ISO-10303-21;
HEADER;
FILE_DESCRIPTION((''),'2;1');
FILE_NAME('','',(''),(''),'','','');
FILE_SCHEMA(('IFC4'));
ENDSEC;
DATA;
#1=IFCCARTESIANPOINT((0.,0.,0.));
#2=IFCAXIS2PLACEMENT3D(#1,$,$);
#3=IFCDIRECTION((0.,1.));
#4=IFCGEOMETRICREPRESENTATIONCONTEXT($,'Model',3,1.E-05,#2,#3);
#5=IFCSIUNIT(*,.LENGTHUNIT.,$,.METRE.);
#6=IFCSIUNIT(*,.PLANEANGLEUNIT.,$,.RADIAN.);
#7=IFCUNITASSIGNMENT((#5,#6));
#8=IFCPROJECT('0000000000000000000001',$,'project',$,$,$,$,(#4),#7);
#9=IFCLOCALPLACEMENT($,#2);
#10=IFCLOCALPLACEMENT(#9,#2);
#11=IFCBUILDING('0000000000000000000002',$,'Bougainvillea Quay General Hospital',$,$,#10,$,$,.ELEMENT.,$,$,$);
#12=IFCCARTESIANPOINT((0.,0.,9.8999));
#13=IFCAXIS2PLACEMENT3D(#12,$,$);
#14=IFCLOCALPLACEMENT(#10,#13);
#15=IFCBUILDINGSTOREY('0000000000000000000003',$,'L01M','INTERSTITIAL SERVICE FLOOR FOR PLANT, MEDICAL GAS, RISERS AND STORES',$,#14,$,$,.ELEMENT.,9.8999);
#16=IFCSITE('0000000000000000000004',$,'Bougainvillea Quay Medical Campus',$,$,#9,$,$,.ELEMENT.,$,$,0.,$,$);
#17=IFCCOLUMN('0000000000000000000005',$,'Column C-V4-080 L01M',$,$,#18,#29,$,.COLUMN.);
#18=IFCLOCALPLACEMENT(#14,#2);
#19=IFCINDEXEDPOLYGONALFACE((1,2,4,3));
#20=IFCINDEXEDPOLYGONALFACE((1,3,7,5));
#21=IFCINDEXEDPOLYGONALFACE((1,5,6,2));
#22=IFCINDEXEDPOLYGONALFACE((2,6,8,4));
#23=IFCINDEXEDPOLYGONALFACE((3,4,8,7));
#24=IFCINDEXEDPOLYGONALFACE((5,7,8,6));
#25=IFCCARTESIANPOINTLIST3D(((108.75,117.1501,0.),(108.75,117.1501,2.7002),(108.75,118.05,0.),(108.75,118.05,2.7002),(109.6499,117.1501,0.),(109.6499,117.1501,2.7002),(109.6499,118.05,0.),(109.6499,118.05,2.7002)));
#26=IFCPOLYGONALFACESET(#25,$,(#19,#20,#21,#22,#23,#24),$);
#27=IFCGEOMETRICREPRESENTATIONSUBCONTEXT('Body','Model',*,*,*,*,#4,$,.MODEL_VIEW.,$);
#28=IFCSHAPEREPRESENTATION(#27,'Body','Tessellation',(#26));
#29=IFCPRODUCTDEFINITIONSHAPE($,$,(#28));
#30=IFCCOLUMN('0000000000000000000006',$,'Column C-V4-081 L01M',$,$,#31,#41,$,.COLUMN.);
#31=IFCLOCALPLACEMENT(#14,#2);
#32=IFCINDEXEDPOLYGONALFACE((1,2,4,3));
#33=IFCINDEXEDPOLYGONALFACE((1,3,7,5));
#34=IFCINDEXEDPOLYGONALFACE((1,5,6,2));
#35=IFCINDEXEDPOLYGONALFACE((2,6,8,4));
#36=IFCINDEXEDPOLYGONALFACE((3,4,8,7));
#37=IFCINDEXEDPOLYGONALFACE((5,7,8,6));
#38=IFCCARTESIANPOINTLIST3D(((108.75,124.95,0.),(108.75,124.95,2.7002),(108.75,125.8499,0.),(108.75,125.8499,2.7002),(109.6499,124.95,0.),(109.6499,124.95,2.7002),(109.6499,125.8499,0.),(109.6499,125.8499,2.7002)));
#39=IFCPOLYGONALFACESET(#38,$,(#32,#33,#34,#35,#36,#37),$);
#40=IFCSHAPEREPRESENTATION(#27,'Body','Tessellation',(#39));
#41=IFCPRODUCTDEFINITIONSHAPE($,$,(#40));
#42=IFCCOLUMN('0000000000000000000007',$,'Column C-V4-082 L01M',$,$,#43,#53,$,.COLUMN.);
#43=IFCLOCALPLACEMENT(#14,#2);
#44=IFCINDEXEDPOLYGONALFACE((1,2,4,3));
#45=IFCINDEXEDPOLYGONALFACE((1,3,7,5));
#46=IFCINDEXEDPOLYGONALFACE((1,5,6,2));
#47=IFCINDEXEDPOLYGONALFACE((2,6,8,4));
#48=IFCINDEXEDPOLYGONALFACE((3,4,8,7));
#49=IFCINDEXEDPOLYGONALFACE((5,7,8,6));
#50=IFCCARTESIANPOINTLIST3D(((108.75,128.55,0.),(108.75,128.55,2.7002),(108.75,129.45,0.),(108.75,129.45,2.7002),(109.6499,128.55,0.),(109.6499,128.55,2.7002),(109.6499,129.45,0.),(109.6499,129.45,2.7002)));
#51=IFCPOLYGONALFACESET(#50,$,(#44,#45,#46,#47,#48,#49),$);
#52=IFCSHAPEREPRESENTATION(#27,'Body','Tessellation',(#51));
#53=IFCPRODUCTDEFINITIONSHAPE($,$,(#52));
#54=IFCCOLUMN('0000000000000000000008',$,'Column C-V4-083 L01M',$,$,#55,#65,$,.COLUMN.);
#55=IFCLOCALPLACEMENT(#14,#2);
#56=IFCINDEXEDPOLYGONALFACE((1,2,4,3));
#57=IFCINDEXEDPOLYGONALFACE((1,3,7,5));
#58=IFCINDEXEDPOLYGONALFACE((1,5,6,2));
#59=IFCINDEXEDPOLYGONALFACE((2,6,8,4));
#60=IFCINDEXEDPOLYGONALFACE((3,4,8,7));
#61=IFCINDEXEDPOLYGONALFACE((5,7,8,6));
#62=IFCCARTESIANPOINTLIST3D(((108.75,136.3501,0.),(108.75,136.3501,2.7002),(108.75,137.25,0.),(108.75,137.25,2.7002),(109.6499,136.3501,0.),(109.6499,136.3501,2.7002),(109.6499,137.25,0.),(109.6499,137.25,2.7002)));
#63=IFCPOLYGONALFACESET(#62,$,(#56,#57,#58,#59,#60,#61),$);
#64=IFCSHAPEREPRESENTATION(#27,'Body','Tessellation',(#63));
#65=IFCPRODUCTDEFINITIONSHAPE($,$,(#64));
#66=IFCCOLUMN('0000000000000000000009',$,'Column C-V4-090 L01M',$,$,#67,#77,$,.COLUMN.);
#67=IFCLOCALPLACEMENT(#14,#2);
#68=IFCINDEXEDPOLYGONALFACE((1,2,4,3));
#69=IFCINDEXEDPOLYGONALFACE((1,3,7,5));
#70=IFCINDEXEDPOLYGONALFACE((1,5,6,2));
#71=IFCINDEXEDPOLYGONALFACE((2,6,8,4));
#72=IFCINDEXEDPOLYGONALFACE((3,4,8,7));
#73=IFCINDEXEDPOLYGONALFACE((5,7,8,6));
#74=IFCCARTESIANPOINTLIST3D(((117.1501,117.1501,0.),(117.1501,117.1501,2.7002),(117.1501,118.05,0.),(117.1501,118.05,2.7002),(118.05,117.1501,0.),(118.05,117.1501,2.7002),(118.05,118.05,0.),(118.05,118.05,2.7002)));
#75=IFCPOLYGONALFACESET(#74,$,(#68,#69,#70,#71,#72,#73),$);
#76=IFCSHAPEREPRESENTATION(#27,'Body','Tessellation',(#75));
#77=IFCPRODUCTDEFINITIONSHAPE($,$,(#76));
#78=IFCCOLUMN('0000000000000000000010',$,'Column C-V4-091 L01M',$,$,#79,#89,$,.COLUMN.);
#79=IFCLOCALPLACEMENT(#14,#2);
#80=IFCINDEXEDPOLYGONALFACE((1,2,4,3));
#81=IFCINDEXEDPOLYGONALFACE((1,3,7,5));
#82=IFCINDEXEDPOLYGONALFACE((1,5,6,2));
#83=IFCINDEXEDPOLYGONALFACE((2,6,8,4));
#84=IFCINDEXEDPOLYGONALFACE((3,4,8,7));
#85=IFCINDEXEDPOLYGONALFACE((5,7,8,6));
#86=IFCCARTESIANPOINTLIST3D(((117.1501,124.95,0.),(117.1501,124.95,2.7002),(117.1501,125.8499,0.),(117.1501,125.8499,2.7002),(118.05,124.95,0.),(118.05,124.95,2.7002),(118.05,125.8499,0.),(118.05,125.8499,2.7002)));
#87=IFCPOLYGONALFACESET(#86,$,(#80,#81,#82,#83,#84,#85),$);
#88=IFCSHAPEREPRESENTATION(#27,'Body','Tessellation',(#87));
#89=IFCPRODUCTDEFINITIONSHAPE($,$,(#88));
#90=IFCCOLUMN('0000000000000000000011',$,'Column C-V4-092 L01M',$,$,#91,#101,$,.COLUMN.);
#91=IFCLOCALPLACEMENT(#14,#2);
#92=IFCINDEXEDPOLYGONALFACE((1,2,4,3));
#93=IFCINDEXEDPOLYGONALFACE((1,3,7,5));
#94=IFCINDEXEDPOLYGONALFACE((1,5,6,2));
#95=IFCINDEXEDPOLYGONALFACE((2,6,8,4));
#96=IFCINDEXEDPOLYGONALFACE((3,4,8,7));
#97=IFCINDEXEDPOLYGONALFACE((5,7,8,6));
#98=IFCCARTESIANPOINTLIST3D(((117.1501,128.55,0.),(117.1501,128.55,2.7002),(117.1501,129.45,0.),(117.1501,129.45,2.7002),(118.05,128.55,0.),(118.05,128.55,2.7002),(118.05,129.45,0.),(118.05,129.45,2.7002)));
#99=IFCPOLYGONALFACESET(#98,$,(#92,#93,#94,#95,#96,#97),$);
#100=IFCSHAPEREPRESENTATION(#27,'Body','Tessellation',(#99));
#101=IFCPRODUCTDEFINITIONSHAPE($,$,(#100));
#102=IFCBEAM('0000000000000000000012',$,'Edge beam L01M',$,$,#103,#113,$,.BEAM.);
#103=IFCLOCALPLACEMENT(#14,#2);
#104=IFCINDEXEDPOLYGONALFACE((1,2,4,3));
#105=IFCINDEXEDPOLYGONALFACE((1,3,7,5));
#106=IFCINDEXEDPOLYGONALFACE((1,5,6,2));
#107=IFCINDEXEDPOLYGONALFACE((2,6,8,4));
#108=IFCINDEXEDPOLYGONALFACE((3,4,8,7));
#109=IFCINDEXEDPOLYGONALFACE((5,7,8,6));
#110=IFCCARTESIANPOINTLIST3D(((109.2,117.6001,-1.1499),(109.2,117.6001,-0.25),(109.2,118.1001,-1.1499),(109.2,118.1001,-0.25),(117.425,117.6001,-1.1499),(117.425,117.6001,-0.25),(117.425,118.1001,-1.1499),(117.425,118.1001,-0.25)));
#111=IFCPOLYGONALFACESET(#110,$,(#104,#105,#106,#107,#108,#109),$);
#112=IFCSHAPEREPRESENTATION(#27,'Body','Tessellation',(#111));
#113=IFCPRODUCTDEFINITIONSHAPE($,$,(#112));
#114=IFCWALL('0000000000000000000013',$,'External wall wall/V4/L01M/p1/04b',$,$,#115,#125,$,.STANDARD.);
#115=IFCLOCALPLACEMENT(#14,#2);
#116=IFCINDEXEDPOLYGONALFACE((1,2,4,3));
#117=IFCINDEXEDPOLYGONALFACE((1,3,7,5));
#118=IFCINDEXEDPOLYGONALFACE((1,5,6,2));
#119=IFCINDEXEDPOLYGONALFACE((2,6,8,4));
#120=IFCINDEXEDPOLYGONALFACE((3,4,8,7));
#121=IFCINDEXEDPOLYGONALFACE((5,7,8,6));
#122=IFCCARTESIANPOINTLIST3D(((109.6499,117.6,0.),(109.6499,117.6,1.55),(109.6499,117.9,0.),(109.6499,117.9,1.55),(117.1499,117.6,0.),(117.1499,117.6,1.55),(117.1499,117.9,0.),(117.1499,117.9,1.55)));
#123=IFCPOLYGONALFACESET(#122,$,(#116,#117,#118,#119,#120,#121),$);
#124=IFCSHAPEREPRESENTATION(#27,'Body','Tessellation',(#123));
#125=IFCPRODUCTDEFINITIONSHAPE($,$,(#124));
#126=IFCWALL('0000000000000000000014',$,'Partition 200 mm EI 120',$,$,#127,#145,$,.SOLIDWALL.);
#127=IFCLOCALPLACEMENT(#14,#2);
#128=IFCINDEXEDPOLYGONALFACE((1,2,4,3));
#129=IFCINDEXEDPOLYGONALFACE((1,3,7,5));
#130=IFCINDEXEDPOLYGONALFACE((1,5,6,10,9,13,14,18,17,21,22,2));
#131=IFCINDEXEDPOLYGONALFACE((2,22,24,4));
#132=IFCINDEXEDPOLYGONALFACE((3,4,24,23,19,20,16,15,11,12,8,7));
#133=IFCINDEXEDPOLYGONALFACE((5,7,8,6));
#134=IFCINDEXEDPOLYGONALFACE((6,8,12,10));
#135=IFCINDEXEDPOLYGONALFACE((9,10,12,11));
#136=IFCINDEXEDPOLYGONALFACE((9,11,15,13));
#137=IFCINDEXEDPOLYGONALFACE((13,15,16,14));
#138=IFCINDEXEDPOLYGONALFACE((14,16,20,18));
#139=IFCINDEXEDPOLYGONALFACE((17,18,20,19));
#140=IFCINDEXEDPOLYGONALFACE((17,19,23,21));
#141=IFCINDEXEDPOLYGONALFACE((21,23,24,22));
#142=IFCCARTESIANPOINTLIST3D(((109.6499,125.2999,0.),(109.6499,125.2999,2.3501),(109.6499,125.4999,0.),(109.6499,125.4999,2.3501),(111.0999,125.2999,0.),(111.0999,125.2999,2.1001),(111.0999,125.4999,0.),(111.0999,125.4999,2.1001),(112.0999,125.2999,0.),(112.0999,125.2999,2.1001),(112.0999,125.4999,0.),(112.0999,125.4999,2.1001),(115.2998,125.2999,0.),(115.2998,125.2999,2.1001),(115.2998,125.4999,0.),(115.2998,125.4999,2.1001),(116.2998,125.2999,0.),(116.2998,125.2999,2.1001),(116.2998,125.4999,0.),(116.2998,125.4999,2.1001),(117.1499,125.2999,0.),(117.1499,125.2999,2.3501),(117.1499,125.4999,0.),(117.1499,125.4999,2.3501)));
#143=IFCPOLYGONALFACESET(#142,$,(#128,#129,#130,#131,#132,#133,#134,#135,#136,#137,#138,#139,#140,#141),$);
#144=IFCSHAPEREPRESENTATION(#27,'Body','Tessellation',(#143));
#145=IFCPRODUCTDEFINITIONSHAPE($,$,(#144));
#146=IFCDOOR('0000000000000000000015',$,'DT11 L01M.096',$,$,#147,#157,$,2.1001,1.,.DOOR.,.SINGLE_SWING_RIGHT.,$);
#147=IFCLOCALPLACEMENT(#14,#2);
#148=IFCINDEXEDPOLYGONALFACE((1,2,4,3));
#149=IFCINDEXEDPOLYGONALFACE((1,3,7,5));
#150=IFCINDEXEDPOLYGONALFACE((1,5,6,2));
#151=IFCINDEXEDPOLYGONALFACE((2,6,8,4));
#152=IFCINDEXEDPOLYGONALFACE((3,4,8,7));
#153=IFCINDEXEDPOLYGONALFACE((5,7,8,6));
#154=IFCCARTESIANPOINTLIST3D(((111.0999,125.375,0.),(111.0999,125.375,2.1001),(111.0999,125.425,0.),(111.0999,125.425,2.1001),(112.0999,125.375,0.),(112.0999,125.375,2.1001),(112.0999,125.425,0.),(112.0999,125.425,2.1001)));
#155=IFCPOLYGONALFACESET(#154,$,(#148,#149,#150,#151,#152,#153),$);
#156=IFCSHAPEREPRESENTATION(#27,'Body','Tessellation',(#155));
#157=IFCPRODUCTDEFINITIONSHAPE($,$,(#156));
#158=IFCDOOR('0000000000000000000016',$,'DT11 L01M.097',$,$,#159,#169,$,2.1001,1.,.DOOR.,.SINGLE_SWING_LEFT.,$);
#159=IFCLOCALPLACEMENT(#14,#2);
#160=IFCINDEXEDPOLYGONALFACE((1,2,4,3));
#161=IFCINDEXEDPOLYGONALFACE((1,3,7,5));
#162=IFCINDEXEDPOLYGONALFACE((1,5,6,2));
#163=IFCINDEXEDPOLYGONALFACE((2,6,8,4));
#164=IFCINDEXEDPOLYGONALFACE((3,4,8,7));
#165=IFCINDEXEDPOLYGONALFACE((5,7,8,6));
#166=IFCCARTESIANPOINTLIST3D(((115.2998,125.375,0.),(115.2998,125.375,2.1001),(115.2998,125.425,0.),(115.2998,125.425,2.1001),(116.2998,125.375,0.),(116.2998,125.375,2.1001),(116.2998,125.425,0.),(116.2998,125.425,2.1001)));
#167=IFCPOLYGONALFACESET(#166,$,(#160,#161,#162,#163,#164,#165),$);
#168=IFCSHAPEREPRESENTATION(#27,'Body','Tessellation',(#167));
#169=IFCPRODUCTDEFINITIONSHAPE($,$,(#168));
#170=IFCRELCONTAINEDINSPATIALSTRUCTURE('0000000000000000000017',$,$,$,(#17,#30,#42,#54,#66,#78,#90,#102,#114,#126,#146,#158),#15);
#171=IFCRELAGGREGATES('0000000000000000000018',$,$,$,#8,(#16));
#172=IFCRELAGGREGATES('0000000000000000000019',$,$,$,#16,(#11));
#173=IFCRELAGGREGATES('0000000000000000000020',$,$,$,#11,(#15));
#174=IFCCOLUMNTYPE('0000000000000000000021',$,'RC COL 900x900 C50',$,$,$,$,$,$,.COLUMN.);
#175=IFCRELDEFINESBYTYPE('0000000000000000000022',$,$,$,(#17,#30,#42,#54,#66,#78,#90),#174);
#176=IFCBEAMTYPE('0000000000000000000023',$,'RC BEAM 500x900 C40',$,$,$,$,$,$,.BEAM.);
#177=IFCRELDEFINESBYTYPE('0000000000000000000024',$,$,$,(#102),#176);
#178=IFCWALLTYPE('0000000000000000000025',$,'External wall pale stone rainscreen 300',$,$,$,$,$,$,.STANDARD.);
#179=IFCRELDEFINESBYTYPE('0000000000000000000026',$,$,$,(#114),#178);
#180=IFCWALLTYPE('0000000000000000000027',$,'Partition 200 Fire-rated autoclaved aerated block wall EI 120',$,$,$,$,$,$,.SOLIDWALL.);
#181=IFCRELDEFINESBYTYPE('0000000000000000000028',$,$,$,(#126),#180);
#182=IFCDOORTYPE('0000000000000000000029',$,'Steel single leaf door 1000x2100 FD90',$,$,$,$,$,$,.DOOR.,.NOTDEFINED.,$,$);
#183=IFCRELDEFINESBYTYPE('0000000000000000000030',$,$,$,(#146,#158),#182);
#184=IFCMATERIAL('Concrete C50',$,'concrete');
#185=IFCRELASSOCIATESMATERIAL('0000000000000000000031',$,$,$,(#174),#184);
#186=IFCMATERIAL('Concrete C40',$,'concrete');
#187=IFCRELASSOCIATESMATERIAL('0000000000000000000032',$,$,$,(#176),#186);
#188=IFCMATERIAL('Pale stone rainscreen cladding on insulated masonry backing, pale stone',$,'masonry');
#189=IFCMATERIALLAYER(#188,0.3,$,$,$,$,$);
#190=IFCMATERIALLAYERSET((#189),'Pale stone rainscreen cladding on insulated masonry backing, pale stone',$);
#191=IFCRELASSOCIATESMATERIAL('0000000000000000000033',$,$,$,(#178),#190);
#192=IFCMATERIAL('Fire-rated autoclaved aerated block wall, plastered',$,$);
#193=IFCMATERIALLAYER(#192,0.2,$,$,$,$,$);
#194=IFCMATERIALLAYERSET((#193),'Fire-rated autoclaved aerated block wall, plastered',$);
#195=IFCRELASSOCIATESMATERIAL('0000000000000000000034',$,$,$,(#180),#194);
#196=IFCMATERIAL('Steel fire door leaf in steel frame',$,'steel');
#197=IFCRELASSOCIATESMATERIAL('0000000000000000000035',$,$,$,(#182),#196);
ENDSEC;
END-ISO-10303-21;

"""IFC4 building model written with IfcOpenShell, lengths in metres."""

from ifc_helpers import new_model, si_unit, direction, frame, frame_2d, origin, origin_2d, place, context, subcontext, project, spatial, rectangle, extrude, material, layer, layer_set, material_profile, profile_set, type_object, element, fill, save


model = new_model("IFC4")

# Units and contexts
model_context = context("Model", 3, precision=1e-05, world=origin(), true_north=direction((0.0, 1.0)))
body_context = subcontext(model_context, "Body", "Model", "MODEL_VIEW")
ifc_project = project(units=[si_unit("LENGTHUNIT", "METRE"), si_unit("PLANEANGLEUNIT", "RADIAN")], contexts=[model_context])

# Site, building, storey
site_placement = place(None, origin())
site = spatial("IfcSite", under=ifc_project, at=site_placement, Name="Bougainvillea Quay Medical Campus", CompositionType="ELEMENT", RefElevation=0.0)
building_placement = place(site_placement, origin())
building = spatial("IfcBuilding", under=site, at=building_placement, Name="Bougainvillea Quay General Hospital", CompositionType="ELEMENT")
storey_placement = place(building_placement, frame((0.0, 0.0, 9.8999)))
storey = spatial("IfcBuildingStorey", under=building, at=storey_placement, Name="L01M", Description="INTERSTITIAL SERVICE FLOOR FOR PLANT, MEDICAL GAS, RISERS AND STORES", CompositionType="ELEMENT", Elevation=9.8999)

# Columns
ifc_material_1 = material(Name="Concrete C50", Category="concrete")
ifc_material_profile_1 = material_profile(ifc_material_1, rectangle(XDim=0.8999, YDim=0.8999, at=origin_2d()))
ifc_profile_set_1 = profile_set([ifc_material_profile_1], Name="Concrete C50")
column_type = type_object("IfcColumnType", Name="RC COL 900x900 C50", PredefinedType="COLUMN", material=ifc_profile_set_1)
for number, where, z_axis, x_axis, name in (
    (1, (109.2, 117.6001, 0.0), (0.0, 0.0, 1.0), (1.0, 0.0, 0.0), "Column C-V4-080 L01M"),
    (2, (109.2, 125.3999, 0.0), (0.0, 0.0, 1.0), (1.0, 0.0, 0.0), "Column C-V4-081 L01M"),
    (3, (109.2, 129.0, 0.0), (0.0, 0.0, 1.0), (1.0, 0.0, 0.0), "Column C-V4-082 L01M"),
    (4, (109.2, 136.8, 0.0), (0.0, 0.0, 1.0), (1.0, 0.0, 0.0), "Column C-V4-083 L01M"),
    (5, (117.6001, 117.6001, 0.0), (0.0, 0.0, 1.0), (1.0, 0.0, 0.0), "Column C-V4-090 L01M"),
    (6, (117.6001, 125.3999, 0.0), (0.0, 0.0, 1.0), (1.0, 0.0, 0.0), "Column C-V4-091 L01M"),
    (7, (117.6001, 129.0, 0.0), (0.0, 0.0, 1.0), (1.0, 0.0, 0.0), "Column C-V4-092 L01M"),
):
    element("IfcColumn", number, at=place(storey_placement, frame(where, z_axis=z_axis, x_axis=x_axis)), inside=storey, type_object=column_type, Name=name, PredefinedType="COLUMN", context=body_context, shape_type="SweptSolid", body=[
        extrude(rectangle(XDim=0.8999, YDim=0.8999, at=origin_2d()), origin(), (0.0, 0.0, 1.0), 2.7002),
    ])

# Beam
ifc_material_2 = material(Name="Concrete C40", Category="concrete")
ifc_material_profile_2 = material_profile(ifc_material_2, rectangle(XDim=0.5, YDim=0.8999, at=origin_2d()))
ifc_profile_set_2 = profile_set([ifc_material_profile_2], Name="Concrete C40")
beam_type = type_object("IfcBeamType", Name="RC BEAM 500x900 C40", PredefinedType="BEAM", material=ifc_profile_set_2)
beam_placement = place(storey_placement, frame((109.2, 117.8501, -0.7), z_axis=(1.0, 0.0, 0.0), x_axis=(0.0, 1.0, 0.0)))
element("IfcBeam", 8, at=beam_placement, inside=storey, type_object=beam_type, Name="Edge beam L01M", PredefinedType="BEAM", context=body_context, shape_type="SweptSolid", body=[
    extrude(rectangle(XDim=0.5, YDim=0.8999, at=origin_2d()), origin(), (0.0, 0.0, 1.0), 8.2251),
])

# Wall
ifc_material_3 = material(Name="Pale stone rainscreen cladding on insulated masonry backing, pale stone", Category="masonry")
ifc_layer_1 = layer(ifc_material_3, 0.3)
ifc_layer_set_1 = layer_set([ifc_layer_1], Name="Pale stone rainscreen cladding on insulated masonry backing, pale stone")
wall_type_1 = type_object("IfcWallType", Name="External wall pale stone rainscreen 300", PredefinedType="STANDARD", material=ifc_layer_set_1)
wall_1_placement = place(storey_placement, frame((109.6499, 117.75, 0.0), z_axis=(0.0, 0.0, 1.0), x_axis=(1.0, 0.0, 0.0)))
element("IfcWall", 9, at=wall_1_placement, inside=storey, type_object=wall_type_1, Name="External wall wall/V4/L01M/p1/04b", PredefinedType="STANDARD", context=body_context, shape_type="SweptSolid", body=[
    extrude(rectangle(XDim=7.5, YDim=0.3, at=frame_2d((3.75, 0.0))), origin(), (0.0, 0.0, 1.0), 1.55),
])

# Wall, openings, doors
ifc_material_4 = material(Name="Fire-rated autoclaved aerated block wall, plastered")
ifc_layer_2 = layer(ifc_material_4, 0.2)
ifc_layer_set_2 = layer_set([ifc_layer_2], Name="Fire-rated autoclaved aerated block wall, plastered")
wall_type_2 = type_object("IfcWallType", Name="Partition 200 Fire-rated autoclaved aerated block wall EI 120", PredefinedType="SOLIDWALL", material=ifc_layer_set_2)
wall_2_placement = place(storey_placement, frame((117.1499, 125.3999, 0.0), z_axis=(0.0, 0.0, 1.0), x_axis=(-1.0, 0.0, 0.0)))
wall_2 = element("IfcWall", 10, at=wall_2_placement, inside=storey, type_object=wall_type_2, Name="Partition 200 mm EI 120", PredefinedType="SOLIDWALL", context=body_context, shape_type="SweptSolid", body=[
    extrude(rectangle(XDim=7.5, YDim=0.2, at=frame_2d((3.75, 0.0))), origin(), (0.0, 0.0, 1.0), 2.3501),
])
opening_1_placement = place(wall_2_placement, frame((5.05, 0.0, 0.0)))
opening_1 = element("IfcOpeningElement", 11, at=opening_1_placement, cuts=wall_2, PredefinedType="OPENING", context=body_context, shape_type="SweptSolid", body=[
    extrude(rectangle(XDim=1.0, YDim=2.1001, at=frame_2d((0.5, 1.05))), frame((0.0, 0.1099, 0.0), z_axis=(0.0, -1.0, 0.0), x_axis=(1.0, 0.0, 0.0)), (0.0, 0.0, 1.0), 0.22),
])
opening_2_placement = place(wall_2_placement, frame((0.8501, 0.0, 0.0)))
opening_2 = element("IfcOpeningElement", 12, at=opening_2_placement, cuts=wall_2, PredefinedType="OPENING", context=body_context, shape_type="SweptSolid", body=[
    extrude(rectangle(XDim=1.0, YDim=2.1001, at=frame_2d((0.5, 1.05))), frame((0.0, 0.1099, 0.0), z_axis=(0.0, -1.0, 0.0), x_axis=(1.0, 0.0, 0.0)), (0.0, 0.0, 1.0), 0.22),
])
ifc_material_5 = material(Name="Steel fire door leaf in steel frame", Category="steel")
door_type_1 = type_object("IfcDoorType", Name="Steel single leaf door 1000x2100 FD90", OperationType="NOTDEFINED", PredefinedType="DOOR", material=ifc_material_5)
door_1_placement = place(opening_1_placement, origin())
door_1 = element("IfcDoor", 13, at=door_1_placement, inside=storey, type_object=door_type_1, Name="DT11 L01M.096", OperationType="SINGLE_SWING_RIGHT", OverallHeight=2.1001, OverallWidth=1.0, PredefinedType="DOOR", context=body_context, shape_type="SweptSolid", body=[
    extrude(rectangle(XDim=1.0, YDim=2.1001, at=frame_2d((0.5, 1.05))), frame((0.0, 0.0249, 0.0), z_axis=(0.0, -1.0, 0.0), x_axis=(1.0, 0.0, 0.0)), (0.0, 0.0, 1.0), 0.05),
])
fill(opening_1, door_1)
door_2_placement = place(opening_2_placement, origin())
door_2 = element("IfcDoor", 14, at=door_2_placement, inside=storey, type_object=door_type_1, Name="DT11 L01M.097", OperationType="SINGLE_SWING_LEFT", OverallHeight=2.1001, OverallWidth=1.0, PredefinedType="DOOR", context=body_context, shape_type="SweptSolid", body=[
    extrude(rectangle(XDim=1.0, YDim=2.1001, at=frame_2d((0.5, 1.05))), frame((0.0, 0.0249, 0.0), z_axis=(0.0, -1.0, 0.0), x_axis=(1.0, 0.0, 0.0)), (0.0, 0.0, 1.0), 0.05),
])
fill(opening_2, door_2)

save(model, "model.ifc")
